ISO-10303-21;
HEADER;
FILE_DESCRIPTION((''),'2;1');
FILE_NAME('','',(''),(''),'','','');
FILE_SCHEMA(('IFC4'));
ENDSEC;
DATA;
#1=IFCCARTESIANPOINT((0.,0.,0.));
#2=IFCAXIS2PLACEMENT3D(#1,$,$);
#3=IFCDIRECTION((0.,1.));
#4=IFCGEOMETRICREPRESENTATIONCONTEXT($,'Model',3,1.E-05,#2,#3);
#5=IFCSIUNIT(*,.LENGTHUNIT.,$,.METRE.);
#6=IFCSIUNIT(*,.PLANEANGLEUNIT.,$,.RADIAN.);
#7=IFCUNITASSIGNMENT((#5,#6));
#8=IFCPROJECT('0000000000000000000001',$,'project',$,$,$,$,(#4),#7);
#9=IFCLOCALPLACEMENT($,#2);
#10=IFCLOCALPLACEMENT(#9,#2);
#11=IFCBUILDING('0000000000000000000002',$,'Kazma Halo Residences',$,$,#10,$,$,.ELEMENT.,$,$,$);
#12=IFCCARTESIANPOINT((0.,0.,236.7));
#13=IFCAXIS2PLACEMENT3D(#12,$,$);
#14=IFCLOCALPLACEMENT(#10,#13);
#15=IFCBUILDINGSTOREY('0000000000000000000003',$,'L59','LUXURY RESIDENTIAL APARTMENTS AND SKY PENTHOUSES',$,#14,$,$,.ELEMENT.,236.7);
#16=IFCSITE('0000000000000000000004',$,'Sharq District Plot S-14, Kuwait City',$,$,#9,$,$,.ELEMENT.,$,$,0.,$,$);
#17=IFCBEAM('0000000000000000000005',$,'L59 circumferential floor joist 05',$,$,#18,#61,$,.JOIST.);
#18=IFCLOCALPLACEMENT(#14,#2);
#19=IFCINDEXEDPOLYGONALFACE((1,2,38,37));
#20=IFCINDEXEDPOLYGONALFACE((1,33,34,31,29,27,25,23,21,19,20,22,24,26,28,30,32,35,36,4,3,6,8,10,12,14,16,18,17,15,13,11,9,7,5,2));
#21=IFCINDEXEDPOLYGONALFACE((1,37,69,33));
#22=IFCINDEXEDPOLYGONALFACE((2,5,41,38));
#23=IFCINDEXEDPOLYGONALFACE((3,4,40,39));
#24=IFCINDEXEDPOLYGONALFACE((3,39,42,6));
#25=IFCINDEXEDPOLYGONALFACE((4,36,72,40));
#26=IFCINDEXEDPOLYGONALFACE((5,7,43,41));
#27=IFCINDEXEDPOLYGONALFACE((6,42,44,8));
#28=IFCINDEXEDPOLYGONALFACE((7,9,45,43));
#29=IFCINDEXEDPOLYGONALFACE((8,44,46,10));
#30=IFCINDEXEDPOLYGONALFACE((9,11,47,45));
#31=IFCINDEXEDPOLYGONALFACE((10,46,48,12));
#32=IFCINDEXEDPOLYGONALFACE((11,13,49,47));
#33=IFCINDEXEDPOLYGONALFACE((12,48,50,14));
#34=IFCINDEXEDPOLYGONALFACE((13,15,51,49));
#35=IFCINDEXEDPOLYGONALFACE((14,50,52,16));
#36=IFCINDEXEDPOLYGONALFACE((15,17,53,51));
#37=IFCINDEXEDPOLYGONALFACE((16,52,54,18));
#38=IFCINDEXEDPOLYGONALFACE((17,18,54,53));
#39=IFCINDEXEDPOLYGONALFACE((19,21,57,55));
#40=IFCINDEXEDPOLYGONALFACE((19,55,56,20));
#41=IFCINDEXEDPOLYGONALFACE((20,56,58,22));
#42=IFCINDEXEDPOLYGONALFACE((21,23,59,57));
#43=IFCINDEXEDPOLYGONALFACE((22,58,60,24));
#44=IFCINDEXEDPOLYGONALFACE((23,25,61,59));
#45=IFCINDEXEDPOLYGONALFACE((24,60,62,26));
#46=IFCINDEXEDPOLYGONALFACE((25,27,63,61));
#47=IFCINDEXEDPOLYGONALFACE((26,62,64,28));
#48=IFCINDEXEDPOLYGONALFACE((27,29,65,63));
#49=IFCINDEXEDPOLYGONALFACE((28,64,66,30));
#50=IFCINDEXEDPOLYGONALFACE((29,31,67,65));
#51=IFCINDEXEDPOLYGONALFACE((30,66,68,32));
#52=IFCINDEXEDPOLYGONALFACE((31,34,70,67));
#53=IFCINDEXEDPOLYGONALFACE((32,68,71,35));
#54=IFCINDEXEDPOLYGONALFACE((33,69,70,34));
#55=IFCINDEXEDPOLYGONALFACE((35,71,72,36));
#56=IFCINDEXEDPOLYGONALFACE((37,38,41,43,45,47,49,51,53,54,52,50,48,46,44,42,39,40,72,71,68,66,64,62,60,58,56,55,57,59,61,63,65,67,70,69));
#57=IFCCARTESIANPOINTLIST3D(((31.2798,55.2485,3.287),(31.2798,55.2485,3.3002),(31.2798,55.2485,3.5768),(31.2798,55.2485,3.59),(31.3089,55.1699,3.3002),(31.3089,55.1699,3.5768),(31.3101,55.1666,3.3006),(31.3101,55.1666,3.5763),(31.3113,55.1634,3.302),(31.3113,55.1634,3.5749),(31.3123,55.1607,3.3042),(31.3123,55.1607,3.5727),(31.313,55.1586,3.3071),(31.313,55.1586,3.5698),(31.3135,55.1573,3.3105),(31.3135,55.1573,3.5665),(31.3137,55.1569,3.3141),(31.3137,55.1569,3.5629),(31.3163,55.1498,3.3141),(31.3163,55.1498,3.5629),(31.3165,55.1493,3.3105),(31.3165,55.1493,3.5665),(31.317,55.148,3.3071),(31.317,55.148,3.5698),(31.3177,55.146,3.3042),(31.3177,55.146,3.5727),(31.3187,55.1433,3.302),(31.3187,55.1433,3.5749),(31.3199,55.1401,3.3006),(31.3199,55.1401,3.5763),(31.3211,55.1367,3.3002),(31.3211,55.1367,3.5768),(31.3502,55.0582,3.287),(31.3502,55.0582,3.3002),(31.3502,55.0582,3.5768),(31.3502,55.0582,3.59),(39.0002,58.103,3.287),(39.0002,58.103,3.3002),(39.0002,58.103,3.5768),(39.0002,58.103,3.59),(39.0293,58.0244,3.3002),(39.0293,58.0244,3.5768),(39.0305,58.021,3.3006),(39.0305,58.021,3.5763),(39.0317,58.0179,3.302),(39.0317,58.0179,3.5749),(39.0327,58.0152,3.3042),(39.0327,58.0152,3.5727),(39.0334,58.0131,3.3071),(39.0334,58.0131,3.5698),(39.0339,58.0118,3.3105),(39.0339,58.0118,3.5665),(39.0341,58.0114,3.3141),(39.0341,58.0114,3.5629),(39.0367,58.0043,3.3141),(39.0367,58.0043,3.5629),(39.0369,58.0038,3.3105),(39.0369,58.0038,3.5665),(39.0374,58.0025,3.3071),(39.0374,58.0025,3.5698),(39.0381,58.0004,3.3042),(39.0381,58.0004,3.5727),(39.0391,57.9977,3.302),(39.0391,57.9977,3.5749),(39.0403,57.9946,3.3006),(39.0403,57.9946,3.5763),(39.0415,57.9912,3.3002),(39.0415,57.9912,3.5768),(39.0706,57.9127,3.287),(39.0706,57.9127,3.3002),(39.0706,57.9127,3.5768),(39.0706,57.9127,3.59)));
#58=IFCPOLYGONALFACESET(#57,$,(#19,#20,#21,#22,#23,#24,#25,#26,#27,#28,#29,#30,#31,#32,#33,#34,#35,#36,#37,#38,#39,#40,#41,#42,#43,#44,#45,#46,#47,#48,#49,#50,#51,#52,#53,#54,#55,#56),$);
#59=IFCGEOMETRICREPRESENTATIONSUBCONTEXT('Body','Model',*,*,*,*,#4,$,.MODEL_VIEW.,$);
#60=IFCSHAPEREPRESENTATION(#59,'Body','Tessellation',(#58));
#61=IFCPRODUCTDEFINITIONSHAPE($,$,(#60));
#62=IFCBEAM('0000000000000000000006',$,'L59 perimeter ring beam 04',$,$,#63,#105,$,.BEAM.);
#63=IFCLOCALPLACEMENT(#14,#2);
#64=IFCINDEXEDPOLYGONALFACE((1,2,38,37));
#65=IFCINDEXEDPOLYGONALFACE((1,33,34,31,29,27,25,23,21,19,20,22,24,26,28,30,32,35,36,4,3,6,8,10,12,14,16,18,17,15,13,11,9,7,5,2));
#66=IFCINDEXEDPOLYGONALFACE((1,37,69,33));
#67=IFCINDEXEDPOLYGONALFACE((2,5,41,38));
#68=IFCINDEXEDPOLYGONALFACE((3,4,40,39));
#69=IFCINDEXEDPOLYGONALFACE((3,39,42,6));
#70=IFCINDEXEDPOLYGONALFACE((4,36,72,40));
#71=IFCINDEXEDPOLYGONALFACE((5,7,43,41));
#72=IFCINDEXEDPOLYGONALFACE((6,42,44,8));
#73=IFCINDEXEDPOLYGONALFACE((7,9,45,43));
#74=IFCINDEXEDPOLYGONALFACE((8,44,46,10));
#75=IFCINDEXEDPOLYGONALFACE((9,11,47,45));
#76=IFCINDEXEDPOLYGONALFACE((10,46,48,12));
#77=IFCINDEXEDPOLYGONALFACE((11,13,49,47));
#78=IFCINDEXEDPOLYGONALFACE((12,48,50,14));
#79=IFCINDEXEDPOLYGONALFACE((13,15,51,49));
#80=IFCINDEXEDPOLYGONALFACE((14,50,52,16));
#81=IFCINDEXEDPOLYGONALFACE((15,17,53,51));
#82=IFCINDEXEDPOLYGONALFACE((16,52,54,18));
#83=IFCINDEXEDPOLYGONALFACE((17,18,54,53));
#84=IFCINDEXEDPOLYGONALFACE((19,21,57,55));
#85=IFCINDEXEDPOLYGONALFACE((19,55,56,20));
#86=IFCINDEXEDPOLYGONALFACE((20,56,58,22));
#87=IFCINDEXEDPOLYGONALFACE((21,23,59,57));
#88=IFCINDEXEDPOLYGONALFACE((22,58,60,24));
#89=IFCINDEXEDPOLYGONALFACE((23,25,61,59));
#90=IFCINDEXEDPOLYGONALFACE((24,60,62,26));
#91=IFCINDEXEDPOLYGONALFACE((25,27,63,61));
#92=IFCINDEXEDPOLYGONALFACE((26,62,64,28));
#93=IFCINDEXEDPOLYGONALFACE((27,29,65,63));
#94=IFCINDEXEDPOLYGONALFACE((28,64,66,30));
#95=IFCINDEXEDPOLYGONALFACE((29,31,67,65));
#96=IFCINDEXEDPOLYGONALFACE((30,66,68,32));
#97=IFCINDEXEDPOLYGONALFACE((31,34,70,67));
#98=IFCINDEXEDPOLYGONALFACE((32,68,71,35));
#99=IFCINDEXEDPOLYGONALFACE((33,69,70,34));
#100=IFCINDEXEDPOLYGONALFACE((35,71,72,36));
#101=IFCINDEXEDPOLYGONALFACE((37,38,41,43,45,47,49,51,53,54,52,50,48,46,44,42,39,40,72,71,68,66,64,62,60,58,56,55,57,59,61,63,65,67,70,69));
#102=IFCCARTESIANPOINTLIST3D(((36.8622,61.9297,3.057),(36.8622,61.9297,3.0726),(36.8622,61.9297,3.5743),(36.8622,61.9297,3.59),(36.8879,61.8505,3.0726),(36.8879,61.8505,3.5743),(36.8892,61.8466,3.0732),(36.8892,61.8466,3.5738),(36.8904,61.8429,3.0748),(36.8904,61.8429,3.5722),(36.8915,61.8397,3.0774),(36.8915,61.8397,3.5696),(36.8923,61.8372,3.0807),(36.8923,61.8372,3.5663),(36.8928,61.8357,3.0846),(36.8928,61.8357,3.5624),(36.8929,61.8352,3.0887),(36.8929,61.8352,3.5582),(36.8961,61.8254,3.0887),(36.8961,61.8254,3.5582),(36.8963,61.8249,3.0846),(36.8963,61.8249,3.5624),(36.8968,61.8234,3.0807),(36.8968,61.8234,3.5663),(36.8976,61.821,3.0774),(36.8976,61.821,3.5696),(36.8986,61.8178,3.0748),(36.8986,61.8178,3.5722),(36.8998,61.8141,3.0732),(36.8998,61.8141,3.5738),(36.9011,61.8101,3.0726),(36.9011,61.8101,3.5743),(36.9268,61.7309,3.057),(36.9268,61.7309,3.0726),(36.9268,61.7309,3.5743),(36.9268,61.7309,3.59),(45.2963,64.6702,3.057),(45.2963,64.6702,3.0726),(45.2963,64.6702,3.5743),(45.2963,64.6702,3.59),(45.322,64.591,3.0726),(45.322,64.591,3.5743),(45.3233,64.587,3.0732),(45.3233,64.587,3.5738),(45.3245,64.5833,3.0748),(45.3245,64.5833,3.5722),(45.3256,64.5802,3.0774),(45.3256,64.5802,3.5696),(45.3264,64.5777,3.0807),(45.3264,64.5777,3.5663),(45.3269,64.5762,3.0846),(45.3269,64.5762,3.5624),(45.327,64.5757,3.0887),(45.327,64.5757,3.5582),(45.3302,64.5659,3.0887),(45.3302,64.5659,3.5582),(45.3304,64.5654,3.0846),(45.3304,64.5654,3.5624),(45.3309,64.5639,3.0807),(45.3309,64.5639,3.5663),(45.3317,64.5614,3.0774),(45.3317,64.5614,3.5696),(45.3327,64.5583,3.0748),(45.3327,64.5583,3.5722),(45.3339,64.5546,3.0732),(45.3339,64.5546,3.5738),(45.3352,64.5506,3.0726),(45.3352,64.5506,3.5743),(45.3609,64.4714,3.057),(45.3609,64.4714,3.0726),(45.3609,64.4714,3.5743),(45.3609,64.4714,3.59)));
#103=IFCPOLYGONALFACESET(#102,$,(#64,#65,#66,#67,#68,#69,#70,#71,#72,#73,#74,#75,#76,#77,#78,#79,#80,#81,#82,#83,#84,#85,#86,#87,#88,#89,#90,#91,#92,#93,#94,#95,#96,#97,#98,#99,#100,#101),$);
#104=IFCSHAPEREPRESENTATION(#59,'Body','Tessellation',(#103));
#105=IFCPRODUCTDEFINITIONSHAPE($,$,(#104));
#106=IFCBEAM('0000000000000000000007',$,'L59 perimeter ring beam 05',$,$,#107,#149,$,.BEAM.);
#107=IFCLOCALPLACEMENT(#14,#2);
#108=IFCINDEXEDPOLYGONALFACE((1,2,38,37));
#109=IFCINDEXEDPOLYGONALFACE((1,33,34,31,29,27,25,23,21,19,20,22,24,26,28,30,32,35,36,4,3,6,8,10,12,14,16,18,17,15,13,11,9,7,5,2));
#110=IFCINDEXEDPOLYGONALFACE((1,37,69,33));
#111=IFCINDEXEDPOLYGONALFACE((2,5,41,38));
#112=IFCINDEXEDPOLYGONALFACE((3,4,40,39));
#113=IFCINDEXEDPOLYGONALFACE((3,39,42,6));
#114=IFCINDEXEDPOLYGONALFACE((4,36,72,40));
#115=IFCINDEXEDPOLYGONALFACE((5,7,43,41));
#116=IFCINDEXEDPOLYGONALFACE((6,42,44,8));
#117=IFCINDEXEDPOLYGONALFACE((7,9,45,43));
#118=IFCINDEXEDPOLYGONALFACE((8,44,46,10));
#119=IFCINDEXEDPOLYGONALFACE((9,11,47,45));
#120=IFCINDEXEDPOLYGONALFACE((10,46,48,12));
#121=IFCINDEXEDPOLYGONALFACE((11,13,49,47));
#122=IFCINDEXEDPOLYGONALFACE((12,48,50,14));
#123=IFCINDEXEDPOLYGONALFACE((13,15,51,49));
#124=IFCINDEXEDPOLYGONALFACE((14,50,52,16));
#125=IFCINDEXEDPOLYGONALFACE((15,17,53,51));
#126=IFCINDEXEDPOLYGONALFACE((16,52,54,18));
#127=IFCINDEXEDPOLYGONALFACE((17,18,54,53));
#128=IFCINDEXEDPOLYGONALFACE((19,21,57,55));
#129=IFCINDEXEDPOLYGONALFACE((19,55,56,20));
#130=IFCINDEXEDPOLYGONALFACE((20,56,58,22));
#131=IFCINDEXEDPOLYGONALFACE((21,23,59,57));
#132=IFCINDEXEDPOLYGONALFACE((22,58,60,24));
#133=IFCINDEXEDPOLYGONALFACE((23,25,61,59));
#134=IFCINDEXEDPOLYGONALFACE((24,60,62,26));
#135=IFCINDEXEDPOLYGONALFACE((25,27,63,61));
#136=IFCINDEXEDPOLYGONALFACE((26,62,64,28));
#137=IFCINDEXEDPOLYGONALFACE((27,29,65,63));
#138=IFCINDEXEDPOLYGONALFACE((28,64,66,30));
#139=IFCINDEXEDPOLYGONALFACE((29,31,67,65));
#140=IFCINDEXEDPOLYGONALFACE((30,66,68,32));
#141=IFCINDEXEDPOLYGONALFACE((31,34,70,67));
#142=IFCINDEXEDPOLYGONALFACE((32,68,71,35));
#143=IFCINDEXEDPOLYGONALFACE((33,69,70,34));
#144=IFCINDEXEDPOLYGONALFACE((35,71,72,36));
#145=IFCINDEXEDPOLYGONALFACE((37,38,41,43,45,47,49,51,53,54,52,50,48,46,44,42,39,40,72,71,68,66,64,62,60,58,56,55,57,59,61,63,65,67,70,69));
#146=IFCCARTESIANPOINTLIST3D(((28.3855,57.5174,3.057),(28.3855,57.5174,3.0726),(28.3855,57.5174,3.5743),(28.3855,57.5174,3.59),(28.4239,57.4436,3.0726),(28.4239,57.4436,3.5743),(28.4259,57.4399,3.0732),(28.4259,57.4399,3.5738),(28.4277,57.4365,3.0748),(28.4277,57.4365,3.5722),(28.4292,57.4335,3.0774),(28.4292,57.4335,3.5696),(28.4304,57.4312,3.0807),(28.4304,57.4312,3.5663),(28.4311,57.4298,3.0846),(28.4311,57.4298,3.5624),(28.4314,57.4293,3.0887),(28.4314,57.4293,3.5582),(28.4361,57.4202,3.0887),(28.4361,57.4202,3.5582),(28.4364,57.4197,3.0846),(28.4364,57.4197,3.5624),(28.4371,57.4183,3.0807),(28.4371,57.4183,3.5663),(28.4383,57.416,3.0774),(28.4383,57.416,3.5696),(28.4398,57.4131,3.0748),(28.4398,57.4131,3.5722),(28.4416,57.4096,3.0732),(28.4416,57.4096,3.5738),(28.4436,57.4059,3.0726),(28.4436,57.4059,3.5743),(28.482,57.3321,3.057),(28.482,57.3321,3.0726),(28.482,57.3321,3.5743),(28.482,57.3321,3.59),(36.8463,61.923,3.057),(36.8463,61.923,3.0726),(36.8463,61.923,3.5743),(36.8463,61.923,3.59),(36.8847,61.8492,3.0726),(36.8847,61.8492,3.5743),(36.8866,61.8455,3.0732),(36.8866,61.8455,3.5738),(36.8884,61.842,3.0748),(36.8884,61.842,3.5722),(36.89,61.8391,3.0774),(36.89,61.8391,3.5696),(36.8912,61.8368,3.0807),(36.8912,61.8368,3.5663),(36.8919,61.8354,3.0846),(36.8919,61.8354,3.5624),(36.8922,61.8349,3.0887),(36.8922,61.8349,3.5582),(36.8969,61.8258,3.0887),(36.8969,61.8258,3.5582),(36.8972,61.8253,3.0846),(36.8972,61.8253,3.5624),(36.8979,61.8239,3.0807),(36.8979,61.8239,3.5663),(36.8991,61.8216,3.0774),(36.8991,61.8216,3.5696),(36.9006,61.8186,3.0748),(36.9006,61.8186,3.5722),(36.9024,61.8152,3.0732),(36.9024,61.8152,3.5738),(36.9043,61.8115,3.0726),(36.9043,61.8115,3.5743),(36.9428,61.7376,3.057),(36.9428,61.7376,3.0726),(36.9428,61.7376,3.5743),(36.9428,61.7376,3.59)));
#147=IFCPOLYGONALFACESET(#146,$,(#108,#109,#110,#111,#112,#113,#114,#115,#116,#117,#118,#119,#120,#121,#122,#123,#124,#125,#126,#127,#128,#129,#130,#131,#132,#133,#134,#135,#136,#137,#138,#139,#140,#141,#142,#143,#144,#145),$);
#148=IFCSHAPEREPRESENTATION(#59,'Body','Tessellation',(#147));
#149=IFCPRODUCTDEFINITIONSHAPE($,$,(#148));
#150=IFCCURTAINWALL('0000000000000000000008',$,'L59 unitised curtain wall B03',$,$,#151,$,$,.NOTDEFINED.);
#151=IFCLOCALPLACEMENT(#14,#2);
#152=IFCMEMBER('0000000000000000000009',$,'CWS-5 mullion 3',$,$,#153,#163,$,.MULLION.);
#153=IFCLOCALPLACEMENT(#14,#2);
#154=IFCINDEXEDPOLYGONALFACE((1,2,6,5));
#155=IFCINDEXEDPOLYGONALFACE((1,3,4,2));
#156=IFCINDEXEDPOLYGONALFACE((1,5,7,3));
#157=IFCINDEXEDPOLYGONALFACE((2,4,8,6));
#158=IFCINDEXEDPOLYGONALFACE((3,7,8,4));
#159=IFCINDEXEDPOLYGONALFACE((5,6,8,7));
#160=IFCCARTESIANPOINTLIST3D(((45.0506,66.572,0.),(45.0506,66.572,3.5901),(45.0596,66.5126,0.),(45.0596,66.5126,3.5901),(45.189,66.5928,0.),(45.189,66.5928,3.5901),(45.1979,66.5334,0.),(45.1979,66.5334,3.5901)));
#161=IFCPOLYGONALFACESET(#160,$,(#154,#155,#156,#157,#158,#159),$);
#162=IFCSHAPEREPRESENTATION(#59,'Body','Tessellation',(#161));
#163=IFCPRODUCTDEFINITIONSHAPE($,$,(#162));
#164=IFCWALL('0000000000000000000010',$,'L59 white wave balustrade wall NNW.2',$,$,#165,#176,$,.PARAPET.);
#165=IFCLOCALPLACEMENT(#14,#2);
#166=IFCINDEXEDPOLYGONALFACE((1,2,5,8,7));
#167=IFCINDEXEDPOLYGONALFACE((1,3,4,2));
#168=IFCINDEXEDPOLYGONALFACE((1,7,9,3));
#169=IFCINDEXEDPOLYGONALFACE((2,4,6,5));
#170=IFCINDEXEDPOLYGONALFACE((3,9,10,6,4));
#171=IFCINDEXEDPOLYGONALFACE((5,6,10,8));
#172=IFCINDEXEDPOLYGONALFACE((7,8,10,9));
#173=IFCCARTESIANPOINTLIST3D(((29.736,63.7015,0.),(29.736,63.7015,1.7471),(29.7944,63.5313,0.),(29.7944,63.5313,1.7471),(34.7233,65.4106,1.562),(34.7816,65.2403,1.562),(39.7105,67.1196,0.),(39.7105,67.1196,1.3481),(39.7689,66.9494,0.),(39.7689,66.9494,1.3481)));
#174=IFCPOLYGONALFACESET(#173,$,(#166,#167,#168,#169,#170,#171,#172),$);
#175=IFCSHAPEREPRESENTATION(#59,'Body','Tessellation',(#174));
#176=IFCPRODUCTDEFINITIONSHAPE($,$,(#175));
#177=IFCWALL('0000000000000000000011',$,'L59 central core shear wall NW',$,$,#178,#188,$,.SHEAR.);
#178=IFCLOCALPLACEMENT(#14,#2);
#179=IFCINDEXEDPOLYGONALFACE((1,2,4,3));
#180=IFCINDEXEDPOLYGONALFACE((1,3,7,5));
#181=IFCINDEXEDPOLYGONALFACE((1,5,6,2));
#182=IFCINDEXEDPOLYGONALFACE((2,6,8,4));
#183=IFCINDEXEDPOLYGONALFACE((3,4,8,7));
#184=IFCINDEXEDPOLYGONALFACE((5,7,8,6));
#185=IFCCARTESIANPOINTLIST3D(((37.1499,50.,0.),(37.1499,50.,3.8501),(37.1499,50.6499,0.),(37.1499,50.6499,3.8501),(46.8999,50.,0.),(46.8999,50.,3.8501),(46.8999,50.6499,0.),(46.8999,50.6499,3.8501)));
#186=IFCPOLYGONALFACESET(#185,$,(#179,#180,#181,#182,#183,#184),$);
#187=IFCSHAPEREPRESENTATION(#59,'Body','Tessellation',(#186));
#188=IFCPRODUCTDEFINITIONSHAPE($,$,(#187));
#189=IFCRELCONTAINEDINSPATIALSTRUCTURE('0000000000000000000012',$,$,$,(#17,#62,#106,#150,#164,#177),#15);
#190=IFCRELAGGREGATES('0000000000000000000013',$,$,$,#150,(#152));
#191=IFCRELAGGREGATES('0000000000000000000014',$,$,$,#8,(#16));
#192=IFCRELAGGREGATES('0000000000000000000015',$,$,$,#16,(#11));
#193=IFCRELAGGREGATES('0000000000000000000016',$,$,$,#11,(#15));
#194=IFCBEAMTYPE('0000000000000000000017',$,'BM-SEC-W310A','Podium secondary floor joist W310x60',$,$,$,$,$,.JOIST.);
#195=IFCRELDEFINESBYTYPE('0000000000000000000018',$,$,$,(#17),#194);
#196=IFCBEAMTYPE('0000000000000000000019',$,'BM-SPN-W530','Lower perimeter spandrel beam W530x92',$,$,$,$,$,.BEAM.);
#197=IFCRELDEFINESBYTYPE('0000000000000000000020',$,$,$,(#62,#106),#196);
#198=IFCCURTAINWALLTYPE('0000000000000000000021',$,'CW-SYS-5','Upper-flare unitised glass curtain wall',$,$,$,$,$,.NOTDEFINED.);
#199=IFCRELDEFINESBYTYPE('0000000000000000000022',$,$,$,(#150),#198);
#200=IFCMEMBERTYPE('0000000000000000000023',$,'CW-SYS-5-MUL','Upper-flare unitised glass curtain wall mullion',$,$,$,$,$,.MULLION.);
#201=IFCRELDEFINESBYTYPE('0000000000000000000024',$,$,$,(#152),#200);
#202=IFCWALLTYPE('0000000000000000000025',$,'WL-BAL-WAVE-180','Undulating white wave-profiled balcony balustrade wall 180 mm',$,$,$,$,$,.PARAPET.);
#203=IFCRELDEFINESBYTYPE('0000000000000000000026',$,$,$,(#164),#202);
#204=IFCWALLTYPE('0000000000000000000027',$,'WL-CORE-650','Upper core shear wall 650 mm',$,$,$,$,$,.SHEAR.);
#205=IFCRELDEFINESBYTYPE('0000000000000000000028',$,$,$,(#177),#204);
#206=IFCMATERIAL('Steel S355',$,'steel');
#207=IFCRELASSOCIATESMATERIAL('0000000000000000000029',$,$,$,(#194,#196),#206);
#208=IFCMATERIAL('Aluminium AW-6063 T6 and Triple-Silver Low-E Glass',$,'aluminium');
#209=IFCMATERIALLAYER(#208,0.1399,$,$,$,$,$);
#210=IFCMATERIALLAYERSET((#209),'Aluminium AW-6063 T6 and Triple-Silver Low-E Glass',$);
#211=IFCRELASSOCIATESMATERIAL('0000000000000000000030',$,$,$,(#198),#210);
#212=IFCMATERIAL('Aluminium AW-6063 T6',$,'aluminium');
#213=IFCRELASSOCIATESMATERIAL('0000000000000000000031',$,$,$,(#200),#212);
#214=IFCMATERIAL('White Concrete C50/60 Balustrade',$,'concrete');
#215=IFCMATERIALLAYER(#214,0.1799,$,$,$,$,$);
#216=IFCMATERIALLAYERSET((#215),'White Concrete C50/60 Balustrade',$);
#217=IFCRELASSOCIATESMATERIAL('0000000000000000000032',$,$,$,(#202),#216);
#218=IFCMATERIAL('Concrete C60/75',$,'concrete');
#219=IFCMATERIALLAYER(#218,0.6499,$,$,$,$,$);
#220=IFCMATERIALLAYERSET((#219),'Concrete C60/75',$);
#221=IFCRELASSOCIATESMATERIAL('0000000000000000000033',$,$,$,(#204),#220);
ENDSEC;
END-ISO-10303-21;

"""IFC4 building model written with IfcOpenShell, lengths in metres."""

from ifc_helpers import new_model, si_unit, direction, frame, frame_2d, origin, origin_2d, place, context, subcontext, project, spatial, polyline, rectangle, i_section, outline, extrude, material, layer, layer_set, material_profile, profile_set, type_object, element, aggregate, save


model = new_model("IFC4")

# Units and contexts
model_context = context("Model", 3, precision=1e-05, world=origin(), true_north=direction((0.0, 1.0)))
body_context = subcontext(model_context, "Body", "Model", "MODEL_VIEW")
ifc_project = project(units=[si_unit("LENGTHUNIT", "METRE"), si_unit("PLANEANGLEUNIT", "RADIAN")], contexts=[model_context])

# Site, building, storey
site_placement = place(None, origin())
site = spatial("IfcSite", under=ifc_project, at=site_placement, Name="Sharq District Plot S-14, Kuwait City", CompositionType="ELEMENT", RefElevation=0.0)
building_placement = place(site_placement, origin())
building = spatial("IfcBuilding", under=site, at=building_placement, Name="Kazma Halo Residences", CompositionType="ELEMENT")
storey_placement = place(building_placement, frame((0.0, 0.0, 236.7)))
storey = spatial("IfcBuildingStorey", under=building, at=storey_placement, Name="L59", Description="LUXURY RESIDENTIAL APARTMENTS AND SKY PENTHOUSES", CompositionType="ELEMENT", Elevation=236.7)

# Shared definitions
ifc_material_1 = material(Name="Concrete C60/75", Category="concrete")

# Beams
ifc_material_2 = material(Name="Steel S355", Category="steel")
ifc_material_profile_1 = material_profile(ifc_material_2, i_section(OverallWidth=0.2029, OverallDepth=0.303, WebThickness=0.0076, FlangeThickness=0.0132, FilletRadius=0.0139, at=origin_2d()), Name="W310x60")
ifc_profile_set_1 = profile_set([ifc_material_profile_1], Name="Steel S355")
beam_type_1 = type_object("IfcBeamType", Name="BM-SEC-W310A", Description="Podium secondary floor joist W310x60", PredefinedType="JOIST", material=ifc_profile_set_1)
beam_1_placement = place(storey_placement, frame((39.0354, 58.0078, 3.4385), z_axis=(-0.937944, -0.346787, 0.0), x_axis=(0.346787, -0.937944, 0.0)))
element("IfcBeam", 1, at=beam_1_placement, inside=storey, type_object=beam_type_1, Name="L59 circumferential floor joist 05", PredefinedType="JOIST", context=body_context, shape_type="SweptSolid", body=[
    extrude(i_section(OverallWidth=0.2029, OverallDepth=0.303, WebThickness=0.0076, FlangeThickness=0.0132, FilletRadius=0.0139, at=origin_2d()), origin(), (0.0, 0.0, 1.0), 8.2312),
])
ifc_material_profile_2 = material_profile(ifc_material_2, i_section(OverallWidth=0.209, OverallDepth=0.533, WebThickness=0.0103, FlangeThickness=0.0156, FilletRadius=0.0161, at=origin_2d()), Name="W530x92")
ifc_profile_set_2 = profile_set([ifc_material_profile_2], Name="Steel S355")
beam_type_2 = type_object("IfcBeamType", Name="BM-SPN-W530", Description="Lower perimeter spandrel beam W530x92", PredefinedType="BEAM", material=ifc_profile_set_2)
beam_2_placement = place(storey_placement, frame((45.3286, 64.5708, 3.3235), z_axis=(-0.951054, -0.309025, 0.0), x_axis=(0.309025, -0.951054, 0.0)))
element("IfcBeam", 2, at=beam_2_placement, inside=storey, type_object=beam_type_2, Name="L59 perimeter ring beam 04", PredefinedType="BEAM", context=body_context, shape_type="SweptSolid", body=[
    extrude(i_section(OverallWidth=0.209, OverallDepth=0.533, WebThickness=0.0103, FlangeThickness=0.0156, FilletRadius=0.0161, at=origin_2d()), origin(), (0.0, 0.0, 1.0), 8.8682),
])
beam_3_placement = place(storey_placement, frame((36.8945, 61.8303, 3.3235), z_axis=(-0.886961, -0.461844, 0.0), x_axis=(0.461844, -0.886961, 0.0)))
element("IfcBeam", 3, at=beam_3_placement, inside=storey, type_object=beam_type_2, Name="L59 perimeter ring beam 05", PredefinedType="BEAM", context=body_context, shape_type="SweptSolid", body=[
    extrude(i_section(OverallWidth=0.209, OverallDepth=0.533, WebThickness=0.0103, FlangeThickness=0.0156, FilletRadius=0.0161, at=origin_2d()), origin(), (0.0, 0.0, 1.0), 9.5391),
])

# Curtain wall, member
ifc_material_3 = material(Name="Aluminium AW-6063 T6 and Triple-Silver Low-E Glass", Category="aluminium")
ifc_layer_1 = layer(ifc_material_3, 0.1399)
ifc_layer_set_1 = layer_set([ifc_layer_1], Name="Aluminium AW-6063 T6 and Triple-Silver Low-E Glass")
curtain_wall_type = type_object("IfcCurtainWallType", Name="CW-SYS-5", Description="Upper-flare unitised glass curtain wall", PredefinedType="NOTDEFINED", material=ifc_layer_set_1)
curtain_wall_placement = place(storey_placement, origin())
curtain_wall = element("IfcCurtainWall", 4, at=curtain_wall_placement, inside=storey, type_object=curtain_wall_type, Name="L59 unitised curtain wall B03", PredefinedType="NOTDEFINED")
ifc_material_4 = material(Name="Aluminium AW-6063 T6", Category="aluminium")
ifc_material_profile_3 = material_profile(ifc_material_4, rectangle(XDim=0.0601, YDim=0.1399, at=origin_2d()), Name="CWM-60x140")
ifc_profile_set_3 = profile_set([ifc_material_profile_3], Name="Aluminium AW-6063 T6")
member_type = type_object("IfcMemberType", Name="CW-SYS-5-MUL", Description="Upper-flare unitised glass curtain wall mullion", PredefinedType="MULLION", material=ifc_profile_set_3)
member_placement = place(storey_placement, frame((45.1243, 66.5527, 0.0), z_axis=(0.0, 0.0, 1.0), x_axis=(0.148697, -0.988883, 0.0)))
member = element("IfcMember", 5, at=member_placement, type_object=member_type, Name="CWS-5 mullion 3", PredefinedType="MULLION", context=body_context, shape_type="SweptSolid", body=[
    extrude(rectangle(XDim=0.0601, YDim=0.1399, at=origin_2d()), origin(), (0.0, 0.0, 1.0), 3.5901),
])
aggregate(curtain_wall, [member])

# Walls
ifc_material_5 = material(Name="White Concrete C50/60 Balustrade", Category="concrete")
ifc_layer_2 = layer(ifc_material_5, 0.1799)
ifc_layer_set_2 = layer_set([ifc_layer_2], Name="White Concrete C50/60 Balustrade")
wall_type_1 = type_object("IfcWallType", Name="WL-BAL-WAVE-180", Description="Undulating white wave-profiled balcony balustrade wall 180 mm", PredefinedType="PARAPET", material=ifc_layer_set_2)
wall_1_placement = place(storey_placement, frame((39.7397, 67.0344, 0.0), z_axis=(0.0, 0.0, 1.0), x_axis=(-0.945994, -0.324184, 0.0)))
element("IfcWall", 6, at=wall_1_placement, inside=storey, type_object=wall_type_1, Name="L59 white wave balustrade wall NNW.2", PredefinedType="PARAPET", context=body_context, shape_type="SweptSolid", body=[
    extrude(outline(polyline([(0.0, 0.0), (10.5439, 0.0), (10.5439, 1.7471), (5.272, 1.562), (0.0, 1.3481), (0.0, 0.0)])), frame((0.0, 0.0898, 0.0), z_axis=(0.0, -1.0, 0.0), x_axis=(1.0, 0.0, 0.0)), (0.0, 0.0, 1.0), 0.1799),
])
ifc_layer_3 = layer(ifc_material_1, 0.6499)
ifc_layer_set_3 = layer_set([ifc_layer_3], Name="Concrete C60/75")
wall_type_2 = type_object("IfcWallType", Name="WL-CORE-650", Description="Upper core shear wall 650 mm", PredefinedType="SHEAR", material=ifc_layer_set_3)
wall_2_placement = place(storey_placement, frame((37.1499, 50.325, 0.0), z_axis=(0.0, 0.0, 1.0), x_axis=(1.0, 0.0, 0.0)))
element("IfcWall", 7, at=wall_2_placement, inside=storey, type_object=wall_type_2, Name="L59 central core shear wall NW", PredefinedType="SHEAR", context=body_context, shape_type="SweptSolid", body=[
    extrude(rectangle(XDim=9.75, YDim=0.6499, at=frame_2d((4.875, 0.0))), origin(), (0.0, 0.0, 1.0), 3.8501),
])

save(model, "model.ifc")
